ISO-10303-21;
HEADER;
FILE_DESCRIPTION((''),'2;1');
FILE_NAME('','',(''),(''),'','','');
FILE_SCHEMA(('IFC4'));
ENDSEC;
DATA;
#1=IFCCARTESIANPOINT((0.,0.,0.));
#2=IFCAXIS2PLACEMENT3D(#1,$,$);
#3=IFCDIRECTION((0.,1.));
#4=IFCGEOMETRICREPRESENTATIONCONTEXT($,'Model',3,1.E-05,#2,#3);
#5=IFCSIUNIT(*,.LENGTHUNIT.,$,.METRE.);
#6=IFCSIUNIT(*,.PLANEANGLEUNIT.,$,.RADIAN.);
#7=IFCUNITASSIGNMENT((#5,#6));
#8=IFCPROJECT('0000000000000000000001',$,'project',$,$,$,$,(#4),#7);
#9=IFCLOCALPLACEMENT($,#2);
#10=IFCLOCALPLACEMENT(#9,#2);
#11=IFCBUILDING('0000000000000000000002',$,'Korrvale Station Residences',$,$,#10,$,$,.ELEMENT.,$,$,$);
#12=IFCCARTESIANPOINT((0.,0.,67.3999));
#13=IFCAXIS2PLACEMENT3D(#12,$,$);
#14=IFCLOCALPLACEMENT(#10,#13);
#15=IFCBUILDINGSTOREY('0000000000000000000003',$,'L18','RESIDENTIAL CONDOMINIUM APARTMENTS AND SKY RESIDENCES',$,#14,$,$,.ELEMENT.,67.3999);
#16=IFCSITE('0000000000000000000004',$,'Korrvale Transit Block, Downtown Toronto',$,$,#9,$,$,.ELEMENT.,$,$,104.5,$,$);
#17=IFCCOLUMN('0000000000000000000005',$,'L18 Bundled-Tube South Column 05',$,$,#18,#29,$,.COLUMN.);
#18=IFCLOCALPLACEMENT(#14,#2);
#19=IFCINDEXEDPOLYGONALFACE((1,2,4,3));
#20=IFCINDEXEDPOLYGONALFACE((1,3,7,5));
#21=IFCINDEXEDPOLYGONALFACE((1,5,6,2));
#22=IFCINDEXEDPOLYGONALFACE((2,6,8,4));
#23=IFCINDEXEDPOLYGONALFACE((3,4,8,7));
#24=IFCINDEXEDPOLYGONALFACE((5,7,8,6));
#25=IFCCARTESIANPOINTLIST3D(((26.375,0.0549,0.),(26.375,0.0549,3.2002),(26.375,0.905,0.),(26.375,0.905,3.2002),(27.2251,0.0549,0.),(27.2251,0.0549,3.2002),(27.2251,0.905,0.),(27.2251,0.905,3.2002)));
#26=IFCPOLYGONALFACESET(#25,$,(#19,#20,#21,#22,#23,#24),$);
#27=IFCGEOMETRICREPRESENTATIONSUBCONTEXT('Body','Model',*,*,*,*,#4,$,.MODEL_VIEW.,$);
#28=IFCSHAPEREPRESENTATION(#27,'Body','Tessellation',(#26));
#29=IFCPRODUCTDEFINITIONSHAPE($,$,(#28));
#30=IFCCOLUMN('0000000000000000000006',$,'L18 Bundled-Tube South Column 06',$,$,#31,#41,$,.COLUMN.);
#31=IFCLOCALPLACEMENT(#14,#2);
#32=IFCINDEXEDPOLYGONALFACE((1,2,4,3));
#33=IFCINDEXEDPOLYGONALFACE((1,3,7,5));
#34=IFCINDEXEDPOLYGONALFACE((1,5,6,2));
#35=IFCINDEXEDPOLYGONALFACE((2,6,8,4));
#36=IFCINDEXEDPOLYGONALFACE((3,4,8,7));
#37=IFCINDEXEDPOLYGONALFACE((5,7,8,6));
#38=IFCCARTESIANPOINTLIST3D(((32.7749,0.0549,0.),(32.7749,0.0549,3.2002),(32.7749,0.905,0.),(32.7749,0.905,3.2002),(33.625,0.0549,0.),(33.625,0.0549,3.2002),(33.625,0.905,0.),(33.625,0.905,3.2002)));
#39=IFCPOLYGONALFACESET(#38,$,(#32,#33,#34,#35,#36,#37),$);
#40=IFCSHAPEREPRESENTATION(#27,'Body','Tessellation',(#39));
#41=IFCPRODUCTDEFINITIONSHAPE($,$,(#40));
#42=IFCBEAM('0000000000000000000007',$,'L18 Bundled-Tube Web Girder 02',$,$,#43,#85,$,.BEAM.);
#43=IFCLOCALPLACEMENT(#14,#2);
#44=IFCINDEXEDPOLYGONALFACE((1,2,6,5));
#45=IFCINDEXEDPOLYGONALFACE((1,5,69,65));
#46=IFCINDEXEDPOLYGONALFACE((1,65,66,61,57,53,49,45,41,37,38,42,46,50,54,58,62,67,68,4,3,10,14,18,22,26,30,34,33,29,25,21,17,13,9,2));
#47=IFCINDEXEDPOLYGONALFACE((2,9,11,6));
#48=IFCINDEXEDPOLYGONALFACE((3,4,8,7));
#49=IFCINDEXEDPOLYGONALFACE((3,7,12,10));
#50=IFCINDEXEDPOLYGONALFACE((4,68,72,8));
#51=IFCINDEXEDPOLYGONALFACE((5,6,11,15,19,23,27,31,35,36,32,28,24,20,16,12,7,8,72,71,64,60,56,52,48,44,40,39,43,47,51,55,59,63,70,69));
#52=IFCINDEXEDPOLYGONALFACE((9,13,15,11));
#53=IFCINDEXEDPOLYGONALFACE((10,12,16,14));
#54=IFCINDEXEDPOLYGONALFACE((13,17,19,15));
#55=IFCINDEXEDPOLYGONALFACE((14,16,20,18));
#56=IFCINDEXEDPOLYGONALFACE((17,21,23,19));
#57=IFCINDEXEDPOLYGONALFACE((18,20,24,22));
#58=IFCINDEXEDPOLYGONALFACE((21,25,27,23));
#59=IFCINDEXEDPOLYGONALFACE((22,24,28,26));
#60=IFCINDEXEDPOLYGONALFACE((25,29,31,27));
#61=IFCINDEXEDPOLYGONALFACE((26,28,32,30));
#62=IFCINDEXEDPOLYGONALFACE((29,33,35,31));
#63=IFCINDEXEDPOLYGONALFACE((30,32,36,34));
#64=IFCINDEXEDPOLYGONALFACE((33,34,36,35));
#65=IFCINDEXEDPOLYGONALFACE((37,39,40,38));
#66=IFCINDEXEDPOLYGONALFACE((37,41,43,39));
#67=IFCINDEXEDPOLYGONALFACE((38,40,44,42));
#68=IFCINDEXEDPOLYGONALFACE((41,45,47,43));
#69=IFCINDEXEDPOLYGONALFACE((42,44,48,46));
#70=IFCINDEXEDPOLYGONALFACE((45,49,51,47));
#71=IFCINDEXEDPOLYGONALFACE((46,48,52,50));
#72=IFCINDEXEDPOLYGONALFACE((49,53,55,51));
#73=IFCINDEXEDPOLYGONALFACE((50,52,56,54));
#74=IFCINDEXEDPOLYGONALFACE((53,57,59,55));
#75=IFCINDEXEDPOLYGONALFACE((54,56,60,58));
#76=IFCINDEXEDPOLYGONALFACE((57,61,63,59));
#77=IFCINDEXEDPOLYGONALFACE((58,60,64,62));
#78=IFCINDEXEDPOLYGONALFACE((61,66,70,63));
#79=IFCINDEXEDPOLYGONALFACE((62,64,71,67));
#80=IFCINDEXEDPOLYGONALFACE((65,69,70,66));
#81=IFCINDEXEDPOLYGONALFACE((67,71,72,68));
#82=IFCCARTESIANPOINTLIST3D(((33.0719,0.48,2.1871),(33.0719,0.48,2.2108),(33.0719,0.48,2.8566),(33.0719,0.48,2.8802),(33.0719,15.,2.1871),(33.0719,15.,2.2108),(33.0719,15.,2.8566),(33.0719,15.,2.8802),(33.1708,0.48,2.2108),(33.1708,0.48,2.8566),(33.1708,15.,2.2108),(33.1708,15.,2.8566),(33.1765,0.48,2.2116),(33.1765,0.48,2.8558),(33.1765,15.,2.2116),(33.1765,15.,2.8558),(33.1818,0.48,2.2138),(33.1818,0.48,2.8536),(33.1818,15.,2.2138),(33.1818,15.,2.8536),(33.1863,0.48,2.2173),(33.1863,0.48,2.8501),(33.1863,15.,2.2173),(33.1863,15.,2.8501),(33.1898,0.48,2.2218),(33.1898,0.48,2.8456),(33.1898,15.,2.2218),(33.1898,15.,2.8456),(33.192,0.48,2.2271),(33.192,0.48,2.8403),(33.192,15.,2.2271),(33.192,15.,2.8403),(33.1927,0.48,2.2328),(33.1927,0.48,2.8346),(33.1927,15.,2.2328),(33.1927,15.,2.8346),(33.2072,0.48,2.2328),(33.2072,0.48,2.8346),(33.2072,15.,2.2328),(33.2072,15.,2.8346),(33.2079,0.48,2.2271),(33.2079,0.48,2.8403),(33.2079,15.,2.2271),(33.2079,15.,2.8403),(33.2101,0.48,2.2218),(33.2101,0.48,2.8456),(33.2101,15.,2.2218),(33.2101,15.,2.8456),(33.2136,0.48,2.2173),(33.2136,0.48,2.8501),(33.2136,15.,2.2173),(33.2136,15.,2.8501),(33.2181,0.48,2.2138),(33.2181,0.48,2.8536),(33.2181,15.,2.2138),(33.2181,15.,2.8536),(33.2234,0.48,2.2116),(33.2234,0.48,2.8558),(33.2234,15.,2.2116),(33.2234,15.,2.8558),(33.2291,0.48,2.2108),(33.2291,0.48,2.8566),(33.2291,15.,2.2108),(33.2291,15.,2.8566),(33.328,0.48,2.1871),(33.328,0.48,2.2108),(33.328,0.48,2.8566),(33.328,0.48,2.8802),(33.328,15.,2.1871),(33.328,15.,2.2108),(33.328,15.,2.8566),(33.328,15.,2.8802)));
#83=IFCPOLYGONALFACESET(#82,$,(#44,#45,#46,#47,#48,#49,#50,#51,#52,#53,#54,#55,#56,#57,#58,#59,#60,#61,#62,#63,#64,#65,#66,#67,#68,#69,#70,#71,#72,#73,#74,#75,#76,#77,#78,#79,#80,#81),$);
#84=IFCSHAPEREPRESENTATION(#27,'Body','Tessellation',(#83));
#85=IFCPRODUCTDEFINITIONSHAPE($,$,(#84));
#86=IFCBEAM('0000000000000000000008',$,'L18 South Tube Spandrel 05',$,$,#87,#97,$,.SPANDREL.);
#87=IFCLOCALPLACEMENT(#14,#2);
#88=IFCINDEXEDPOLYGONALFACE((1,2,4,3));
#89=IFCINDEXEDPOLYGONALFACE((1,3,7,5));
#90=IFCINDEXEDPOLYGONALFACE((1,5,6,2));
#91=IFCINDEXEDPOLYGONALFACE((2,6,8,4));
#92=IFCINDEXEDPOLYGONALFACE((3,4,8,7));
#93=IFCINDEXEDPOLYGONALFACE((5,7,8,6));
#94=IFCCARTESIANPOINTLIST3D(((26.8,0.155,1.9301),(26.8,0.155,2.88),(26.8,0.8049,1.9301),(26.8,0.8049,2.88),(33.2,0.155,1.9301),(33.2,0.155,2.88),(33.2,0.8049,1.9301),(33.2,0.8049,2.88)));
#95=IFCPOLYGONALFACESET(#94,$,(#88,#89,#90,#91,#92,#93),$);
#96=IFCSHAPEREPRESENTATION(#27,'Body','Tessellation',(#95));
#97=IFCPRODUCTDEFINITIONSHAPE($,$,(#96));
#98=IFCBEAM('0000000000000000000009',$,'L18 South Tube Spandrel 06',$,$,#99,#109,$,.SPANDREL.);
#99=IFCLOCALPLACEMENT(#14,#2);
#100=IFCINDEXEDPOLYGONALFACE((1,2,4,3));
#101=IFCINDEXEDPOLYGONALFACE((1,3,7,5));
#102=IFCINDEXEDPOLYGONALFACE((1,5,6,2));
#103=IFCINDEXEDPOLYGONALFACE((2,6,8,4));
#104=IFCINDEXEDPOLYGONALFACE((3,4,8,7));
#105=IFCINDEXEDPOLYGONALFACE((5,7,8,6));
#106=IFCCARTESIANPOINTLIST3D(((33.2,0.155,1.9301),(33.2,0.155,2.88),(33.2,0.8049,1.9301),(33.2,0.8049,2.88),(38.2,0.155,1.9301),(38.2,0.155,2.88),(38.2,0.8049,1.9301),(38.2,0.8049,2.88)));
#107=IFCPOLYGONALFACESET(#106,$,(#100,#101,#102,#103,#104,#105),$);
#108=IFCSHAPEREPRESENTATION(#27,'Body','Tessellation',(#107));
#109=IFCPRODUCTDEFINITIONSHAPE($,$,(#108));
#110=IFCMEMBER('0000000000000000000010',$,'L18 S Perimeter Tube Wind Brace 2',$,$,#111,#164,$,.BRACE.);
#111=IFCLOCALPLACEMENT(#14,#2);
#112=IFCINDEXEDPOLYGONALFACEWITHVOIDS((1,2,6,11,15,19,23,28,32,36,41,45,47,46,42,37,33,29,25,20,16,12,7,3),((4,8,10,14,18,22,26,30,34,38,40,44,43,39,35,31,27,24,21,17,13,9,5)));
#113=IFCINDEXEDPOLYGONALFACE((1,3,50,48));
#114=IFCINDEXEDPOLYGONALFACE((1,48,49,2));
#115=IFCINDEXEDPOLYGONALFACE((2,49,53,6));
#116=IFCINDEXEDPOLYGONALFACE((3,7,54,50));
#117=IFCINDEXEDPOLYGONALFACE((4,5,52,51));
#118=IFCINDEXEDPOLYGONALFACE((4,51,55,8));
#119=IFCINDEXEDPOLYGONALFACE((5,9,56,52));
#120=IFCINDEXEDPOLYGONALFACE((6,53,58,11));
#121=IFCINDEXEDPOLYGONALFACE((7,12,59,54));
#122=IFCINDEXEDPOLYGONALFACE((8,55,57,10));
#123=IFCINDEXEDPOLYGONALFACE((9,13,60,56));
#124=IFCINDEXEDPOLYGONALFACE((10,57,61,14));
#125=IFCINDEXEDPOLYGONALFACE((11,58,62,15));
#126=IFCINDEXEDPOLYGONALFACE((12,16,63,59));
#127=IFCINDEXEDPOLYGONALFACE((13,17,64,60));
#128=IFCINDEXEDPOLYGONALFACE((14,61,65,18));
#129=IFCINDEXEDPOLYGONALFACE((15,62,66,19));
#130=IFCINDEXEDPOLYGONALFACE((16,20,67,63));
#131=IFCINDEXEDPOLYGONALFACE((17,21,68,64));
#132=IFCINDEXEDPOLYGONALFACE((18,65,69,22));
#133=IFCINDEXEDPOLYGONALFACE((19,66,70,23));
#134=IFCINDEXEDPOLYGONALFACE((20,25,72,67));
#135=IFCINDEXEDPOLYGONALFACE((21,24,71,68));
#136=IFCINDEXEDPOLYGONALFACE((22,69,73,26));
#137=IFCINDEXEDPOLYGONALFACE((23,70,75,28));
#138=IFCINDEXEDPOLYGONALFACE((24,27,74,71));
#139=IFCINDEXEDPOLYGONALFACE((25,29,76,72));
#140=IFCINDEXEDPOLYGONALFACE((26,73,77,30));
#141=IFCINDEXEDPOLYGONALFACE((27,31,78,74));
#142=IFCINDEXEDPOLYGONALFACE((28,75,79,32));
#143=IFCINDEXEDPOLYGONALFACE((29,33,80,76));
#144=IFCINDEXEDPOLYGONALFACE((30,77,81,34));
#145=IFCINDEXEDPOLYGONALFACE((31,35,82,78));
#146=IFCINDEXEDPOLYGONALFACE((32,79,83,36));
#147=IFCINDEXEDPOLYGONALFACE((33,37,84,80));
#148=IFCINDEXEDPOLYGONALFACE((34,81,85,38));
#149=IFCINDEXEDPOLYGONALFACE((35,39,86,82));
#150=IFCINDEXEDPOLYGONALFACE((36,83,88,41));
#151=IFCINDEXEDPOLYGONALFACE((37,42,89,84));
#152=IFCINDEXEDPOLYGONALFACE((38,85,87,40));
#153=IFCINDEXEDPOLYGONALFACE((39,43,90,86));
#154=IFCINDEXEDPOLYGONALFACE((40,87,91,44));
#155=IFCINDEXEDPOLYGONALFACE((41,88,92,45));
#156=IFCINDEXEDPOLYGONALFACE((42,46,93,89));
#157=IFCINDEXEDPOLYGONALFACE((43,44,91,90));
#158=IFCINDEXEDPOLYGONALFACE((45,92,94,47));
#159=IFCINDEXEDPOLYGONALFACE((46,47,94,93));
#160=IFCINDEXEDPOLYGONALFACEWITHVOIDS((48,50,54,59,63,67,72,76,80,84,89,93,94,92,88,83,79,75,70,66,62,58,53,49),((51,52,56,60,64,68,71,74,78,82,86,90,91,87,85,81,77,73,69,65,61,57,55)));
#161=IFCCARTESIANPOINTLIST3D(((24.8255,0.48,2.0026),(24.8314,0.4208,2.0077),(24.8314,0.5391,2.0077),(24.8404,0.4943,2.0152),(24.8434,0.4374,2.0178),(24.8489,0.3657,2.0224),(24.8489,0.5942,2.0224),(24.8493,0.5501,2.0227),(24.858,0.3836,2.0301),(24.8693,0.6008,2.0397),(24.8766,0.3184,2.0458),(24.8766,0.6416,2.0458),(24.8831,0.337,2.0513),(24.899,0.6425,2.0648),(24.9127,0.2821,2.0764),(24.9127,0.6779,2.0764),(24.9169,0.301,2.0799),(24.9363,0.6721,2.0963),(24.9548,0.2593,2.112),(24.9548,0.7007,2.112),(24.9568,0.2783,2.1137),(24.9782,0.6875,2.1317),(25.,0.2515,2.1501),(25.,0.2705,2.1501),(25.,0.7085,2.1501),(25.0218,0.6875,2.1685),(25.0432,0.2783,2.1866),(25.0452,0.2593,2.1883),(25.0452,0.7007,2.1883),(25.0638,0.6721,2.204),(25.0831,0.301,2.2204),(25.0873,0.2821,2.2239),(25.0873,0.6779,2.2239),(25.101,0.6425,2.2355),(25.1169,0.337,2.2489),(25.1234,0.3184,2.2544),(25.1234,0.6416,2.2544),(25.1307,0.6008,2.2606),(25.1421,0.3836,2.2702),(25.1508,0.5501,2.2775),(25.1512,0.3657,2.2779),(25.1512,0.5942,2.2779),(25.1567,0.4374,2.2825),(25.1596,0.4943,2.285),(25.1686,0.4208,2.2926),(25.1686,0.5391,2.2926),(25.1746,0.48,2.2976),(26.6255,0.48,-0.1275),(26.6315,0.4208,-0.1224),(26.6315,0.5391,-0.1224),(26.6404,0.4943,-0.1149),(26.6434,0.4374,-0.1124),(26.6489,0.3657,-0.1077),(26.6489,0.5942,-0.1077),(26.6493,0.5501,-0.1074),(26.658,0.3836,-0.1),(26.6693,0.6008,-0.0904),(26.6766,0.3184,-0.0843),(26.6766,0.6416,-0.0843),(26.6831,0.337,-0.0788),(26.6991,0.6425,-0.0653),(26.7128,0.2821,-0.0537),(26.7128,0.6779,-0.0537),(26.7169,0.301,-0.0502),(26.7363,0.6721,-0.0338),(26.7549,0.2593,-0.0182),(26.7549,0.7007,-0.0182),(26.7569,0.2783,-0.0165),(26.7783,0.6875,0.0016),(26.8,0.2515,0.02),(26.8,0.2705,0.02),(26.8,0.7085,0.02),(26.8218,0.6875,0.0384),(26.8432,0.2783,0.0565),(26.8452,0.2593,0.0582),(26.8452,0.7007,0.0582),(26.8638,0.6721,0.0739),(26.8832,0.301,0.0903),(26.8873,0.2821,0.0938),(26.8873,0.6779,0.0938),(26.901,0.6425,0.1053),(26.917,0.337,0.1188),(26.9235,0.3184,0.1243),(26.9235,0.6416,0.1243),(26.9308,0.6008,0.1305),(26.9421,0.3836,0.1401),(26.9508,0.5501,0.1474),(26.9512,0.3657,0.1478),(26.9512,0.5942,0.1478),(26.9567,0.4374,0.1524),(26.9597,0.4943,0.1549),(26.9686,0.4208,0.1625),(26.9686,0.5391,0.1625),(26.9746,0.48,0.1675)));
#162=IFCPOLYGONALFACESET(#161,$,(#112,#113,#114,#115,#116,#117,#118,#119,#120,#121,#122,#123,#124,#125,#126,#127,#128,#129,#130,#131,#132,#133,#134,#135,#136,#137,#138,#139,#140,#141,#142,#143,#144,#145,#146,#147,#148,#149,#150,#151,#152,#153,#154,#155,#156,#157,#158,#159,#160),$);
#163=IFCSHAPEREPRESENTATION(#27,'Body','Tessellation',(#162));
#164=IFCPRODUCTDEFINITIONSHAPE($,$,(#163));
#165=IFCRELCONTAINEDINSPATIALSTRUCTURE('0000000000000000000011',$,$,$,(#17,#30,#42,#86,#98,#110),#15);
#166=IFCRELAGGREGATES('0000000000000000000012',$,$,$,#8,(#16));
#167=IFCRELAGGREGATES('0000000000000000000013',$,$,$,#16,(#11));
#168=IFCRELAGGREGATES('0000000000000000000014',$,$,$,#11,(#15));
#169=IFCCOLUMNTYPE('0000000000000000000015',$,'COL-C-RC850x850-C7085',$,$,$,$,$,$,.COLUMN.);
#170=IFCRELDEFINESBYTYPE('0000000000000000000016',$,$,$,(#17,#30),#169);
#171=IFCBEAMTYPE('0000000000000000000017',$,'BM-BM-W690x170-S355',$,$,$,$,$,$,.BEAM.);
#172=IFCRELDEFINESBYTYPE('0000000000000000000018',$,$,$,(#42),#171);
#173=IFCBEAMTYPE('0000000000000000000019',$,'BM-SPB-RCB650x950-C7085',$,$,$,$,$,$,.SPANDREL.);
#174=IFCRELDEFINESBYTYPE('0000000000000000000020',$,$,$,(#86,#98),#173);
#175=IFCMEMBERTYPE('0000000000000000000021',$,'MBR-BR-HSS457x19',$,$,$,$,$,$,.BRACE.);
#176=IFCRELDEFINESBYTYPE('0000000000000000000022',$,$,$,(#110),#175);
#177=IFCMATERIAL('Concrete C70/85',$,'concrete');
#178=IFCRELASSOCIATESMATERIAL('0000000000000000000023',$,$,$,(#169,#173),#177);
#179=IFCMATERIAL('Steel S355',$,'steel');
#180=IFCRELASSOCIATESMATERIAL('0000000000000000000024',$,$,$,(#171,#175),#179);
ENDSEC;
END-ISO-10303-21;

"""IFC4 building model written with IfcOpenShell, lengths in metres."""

from ifc_helpers import new_model, si_unit, direction, frame, origin, origin_2d, place, context, subcontext, project, spatial, rectangle, hollow_circle, i_section, extrude, material, material_profile, profile_set, type_object, element, save


model = new_model("IFC4")

# Units and contexts
model_context = context("Model", 3, precision=1e-05, world=origin(), true_north=direction((0.0, 1.0)))
body_context = subcontext(model_context, "Body", "Model", "MODEL_VIEW")
ifc_project = project(units=[si_unit("LENGTHUNIT", "METRE"), si_unit("PLANEANGLEUNIT", "RADIAN")], contexts=[model_context])

# Site, building, storey
site_placement = place(None, origin())
site = spatial("IfcSite", under=ifc_project, at=site_placement, Name="Korrvale Transit Block, Downtown Toronto", CompositionType="ELEMENT", RefElevation=104.5)
building_placement = place(site_placement, origin())
building = spatial("IfcBuilding", under=site, at=building_placement, Name="Korrvale Station Residences", CompositionType="ELEMENT")
storey_placement = place(building_placement, frame((0.0, 0.0, 67.3999)))
storey = spatial("IfcBuildingStorey", under=building, at=storey_placement, Name="L18", Description="RESIDENTIAL CONDOMINIUM APARTMENTS AND SKY RESIDENCES", CompositionType="ELEMENT", Elevation=67.3999)

# Columns
ifc_material_1 = material(Name="Concrete C70/85", Category="concrete")
ifc_material_profile_1 = material_profile(ifc_material_1, rectangle(XDim=0.8501, YDim=0.8501, at=origin_2d()), Name="RC850x850")
ifc_profile_set_1 = profile_set([ifc_material_profile_1], Name="Concrete C70/85")
column_type = type_object("IfcColumnType", Name="COL-C-RC850x850-C7085", PredefinedType="COLUMN", material=ifc_profile_set_1)
for number, where, z_axis, x_axis, name in (
    (1, (26.8, 0.48, 0.0), (0.0, 0.0, 1.0), (1.0, 0.0, 0.0), "L18 Bundled-Tube South Column 05"),
    (2, (33.2, 0.48, 0.0), (0.0, 0.0, 1.0), (1.0, 0.0, 0.0), "L18 Bundled-Tube South Column 06"),
):
    element("IfcColumn", number, at=place(storey_placement, frame(where, z_axis=z_axis, x_axis=x_axis)), inside=storey, type_object=column_type, Name=name, PredefinedType="COLUMN", context=body_context, shape_type="SweptSolid", body=[
        extrude(rectangle(XDim=0.8501, YDim=0.8501, at=origin_2d()), origin(), (0.0, 0.0, 1.0), 3.2002),
    ])

# Beams
ifc_material_2 = material(Name="Steel S355", Category="steel")
ifc_material_profile_2 = material_profile(ifc_material_2, i_section(OverallWidth=0.2561, OverallDepth=0.6931, WebThickness=0.0144, FlangeThickness=0.0237, FilletRadius=0.022, at=origin_2d()), Name="W690x170")
ifc_profile_set_2 = profile_set([ifc_material_profile_2], Name="Steel S355")
beam_type_1 = type_object("IfcBeamType", Name="BM-BM-W690x170-S355", PredefinedType="BEAM", material=ifc_profile_set_2)
beam_1_placement = place(storey_placement, frame((33.2, 0.48, 2.5337), z_axis=(0.0, 1.0, 0.0), x_axis=(-1.0, 0.0, 0.0)))
element("IfcBeam", 3, at=beam_1_placement, inside=storey, type_object=beam_type_1, Name="L18 Bundled-Tube Web Girder 02", PredefinedType="BEAM", context=body_context, shape_type="SweptSolid", body=[
    extrude(i_section(OverallWidth=0.2561, OverallDepth=0.6931, WebThickness=0.0144, FlangeThickness=0.0237, FilletRadius=0.022, at=origin_2d()), origin(), (0.0, 0.0, 1.0), 14.52),
])
ifc_material_profile_3 = material_profile(ifc_material_1, rectangle(XDim=0.6499, YDim=0.95, at=origin_2d()), Name="RCB650x950")
ifc_profile_set_3 = profile_set([ifc_material_profile_3], Name="Concrete C70/85")
beam_type_2 = type_object("IfcBeamType", Name="BM-SPB-RCB650x950-C7085", PredefinedType="SPANDREL", material=ifc_profile_set_3)
beam_2_placement = place(storey_placement, frame((26.8, 0.48, 2.405), z_axis=(1.0, 0.0, 0.0), x_axis=(0.0, 1.0, 0.0)))
element("IfcBeam", 4, at=beam_2_placement, inside=storey, type_object=beam_type_2, Name="L18 South Tube Spandrel 05", PredefinedType="SPANDREL", context=body_context, shape_type="SweptSolid", body=[
    extrude(rectangle(XDim=0.6499, YDim=0.95, at=origin_2d()), origin(), (0.0, 0.0, 1.0), 6.3999),
])
beam_3_placement = place(storey_placement, frame((33.2, 0.48, 2.405), z_axis=(1.0, 0.0, 0.0), x_axis=(0.0, 1.0, 0.0)))
element("IfcBeam", 5, at=beam_3_placement, inside=storey, type_object=beam_type_2, Name="L18 South Tube Spandrel 06", PredefinedType="SPANDREL", context=body_context, shape_type="SweptSolid", body=[
    extrude(rectangle(XDim=0.6499, YDim=0.95, at=origin_2d()), origin(), (0.0, 0.0, 1.0), 5.0),
])

# Member
ifc_material_profile_4 = material_profile(ifc_material_2, hollow_circle(Radius=0.2285, WallThickness=0.019, at=origin_2d()), Name="HSS457x19")
ifc_profile_set_4 = profile_set([ifc_material_profile_4], Name="Steel S355")
member_type = type_object("IfcMemberType", Name="MBR-BR-HSS457x19", PredefinedType="BRACE", material=ifc_profile_set_4)
member_placement = place(storey_placement, frame((26.8, 0.48, 0.02), z_axis=(-0.645448, 0.0, 0.763805), x_axis=(0.0, -1.0, 0.0)))
element("IfcMember", 6, at=member_placement, inside=storey, type_object=member_type, Name="L18 S Perimeter Tube Wind Brace 2", PredefinedType="BRACE", context=body_context, shape_type="SweptSolid", body=[
    extrude(hollow_circle(Radius=0.2285, WallThickness=0.019, at=origin_2d()), origin(), (0.0, 0.0, 1.0), 2.7888),
])

save(model, "model.ifc")
